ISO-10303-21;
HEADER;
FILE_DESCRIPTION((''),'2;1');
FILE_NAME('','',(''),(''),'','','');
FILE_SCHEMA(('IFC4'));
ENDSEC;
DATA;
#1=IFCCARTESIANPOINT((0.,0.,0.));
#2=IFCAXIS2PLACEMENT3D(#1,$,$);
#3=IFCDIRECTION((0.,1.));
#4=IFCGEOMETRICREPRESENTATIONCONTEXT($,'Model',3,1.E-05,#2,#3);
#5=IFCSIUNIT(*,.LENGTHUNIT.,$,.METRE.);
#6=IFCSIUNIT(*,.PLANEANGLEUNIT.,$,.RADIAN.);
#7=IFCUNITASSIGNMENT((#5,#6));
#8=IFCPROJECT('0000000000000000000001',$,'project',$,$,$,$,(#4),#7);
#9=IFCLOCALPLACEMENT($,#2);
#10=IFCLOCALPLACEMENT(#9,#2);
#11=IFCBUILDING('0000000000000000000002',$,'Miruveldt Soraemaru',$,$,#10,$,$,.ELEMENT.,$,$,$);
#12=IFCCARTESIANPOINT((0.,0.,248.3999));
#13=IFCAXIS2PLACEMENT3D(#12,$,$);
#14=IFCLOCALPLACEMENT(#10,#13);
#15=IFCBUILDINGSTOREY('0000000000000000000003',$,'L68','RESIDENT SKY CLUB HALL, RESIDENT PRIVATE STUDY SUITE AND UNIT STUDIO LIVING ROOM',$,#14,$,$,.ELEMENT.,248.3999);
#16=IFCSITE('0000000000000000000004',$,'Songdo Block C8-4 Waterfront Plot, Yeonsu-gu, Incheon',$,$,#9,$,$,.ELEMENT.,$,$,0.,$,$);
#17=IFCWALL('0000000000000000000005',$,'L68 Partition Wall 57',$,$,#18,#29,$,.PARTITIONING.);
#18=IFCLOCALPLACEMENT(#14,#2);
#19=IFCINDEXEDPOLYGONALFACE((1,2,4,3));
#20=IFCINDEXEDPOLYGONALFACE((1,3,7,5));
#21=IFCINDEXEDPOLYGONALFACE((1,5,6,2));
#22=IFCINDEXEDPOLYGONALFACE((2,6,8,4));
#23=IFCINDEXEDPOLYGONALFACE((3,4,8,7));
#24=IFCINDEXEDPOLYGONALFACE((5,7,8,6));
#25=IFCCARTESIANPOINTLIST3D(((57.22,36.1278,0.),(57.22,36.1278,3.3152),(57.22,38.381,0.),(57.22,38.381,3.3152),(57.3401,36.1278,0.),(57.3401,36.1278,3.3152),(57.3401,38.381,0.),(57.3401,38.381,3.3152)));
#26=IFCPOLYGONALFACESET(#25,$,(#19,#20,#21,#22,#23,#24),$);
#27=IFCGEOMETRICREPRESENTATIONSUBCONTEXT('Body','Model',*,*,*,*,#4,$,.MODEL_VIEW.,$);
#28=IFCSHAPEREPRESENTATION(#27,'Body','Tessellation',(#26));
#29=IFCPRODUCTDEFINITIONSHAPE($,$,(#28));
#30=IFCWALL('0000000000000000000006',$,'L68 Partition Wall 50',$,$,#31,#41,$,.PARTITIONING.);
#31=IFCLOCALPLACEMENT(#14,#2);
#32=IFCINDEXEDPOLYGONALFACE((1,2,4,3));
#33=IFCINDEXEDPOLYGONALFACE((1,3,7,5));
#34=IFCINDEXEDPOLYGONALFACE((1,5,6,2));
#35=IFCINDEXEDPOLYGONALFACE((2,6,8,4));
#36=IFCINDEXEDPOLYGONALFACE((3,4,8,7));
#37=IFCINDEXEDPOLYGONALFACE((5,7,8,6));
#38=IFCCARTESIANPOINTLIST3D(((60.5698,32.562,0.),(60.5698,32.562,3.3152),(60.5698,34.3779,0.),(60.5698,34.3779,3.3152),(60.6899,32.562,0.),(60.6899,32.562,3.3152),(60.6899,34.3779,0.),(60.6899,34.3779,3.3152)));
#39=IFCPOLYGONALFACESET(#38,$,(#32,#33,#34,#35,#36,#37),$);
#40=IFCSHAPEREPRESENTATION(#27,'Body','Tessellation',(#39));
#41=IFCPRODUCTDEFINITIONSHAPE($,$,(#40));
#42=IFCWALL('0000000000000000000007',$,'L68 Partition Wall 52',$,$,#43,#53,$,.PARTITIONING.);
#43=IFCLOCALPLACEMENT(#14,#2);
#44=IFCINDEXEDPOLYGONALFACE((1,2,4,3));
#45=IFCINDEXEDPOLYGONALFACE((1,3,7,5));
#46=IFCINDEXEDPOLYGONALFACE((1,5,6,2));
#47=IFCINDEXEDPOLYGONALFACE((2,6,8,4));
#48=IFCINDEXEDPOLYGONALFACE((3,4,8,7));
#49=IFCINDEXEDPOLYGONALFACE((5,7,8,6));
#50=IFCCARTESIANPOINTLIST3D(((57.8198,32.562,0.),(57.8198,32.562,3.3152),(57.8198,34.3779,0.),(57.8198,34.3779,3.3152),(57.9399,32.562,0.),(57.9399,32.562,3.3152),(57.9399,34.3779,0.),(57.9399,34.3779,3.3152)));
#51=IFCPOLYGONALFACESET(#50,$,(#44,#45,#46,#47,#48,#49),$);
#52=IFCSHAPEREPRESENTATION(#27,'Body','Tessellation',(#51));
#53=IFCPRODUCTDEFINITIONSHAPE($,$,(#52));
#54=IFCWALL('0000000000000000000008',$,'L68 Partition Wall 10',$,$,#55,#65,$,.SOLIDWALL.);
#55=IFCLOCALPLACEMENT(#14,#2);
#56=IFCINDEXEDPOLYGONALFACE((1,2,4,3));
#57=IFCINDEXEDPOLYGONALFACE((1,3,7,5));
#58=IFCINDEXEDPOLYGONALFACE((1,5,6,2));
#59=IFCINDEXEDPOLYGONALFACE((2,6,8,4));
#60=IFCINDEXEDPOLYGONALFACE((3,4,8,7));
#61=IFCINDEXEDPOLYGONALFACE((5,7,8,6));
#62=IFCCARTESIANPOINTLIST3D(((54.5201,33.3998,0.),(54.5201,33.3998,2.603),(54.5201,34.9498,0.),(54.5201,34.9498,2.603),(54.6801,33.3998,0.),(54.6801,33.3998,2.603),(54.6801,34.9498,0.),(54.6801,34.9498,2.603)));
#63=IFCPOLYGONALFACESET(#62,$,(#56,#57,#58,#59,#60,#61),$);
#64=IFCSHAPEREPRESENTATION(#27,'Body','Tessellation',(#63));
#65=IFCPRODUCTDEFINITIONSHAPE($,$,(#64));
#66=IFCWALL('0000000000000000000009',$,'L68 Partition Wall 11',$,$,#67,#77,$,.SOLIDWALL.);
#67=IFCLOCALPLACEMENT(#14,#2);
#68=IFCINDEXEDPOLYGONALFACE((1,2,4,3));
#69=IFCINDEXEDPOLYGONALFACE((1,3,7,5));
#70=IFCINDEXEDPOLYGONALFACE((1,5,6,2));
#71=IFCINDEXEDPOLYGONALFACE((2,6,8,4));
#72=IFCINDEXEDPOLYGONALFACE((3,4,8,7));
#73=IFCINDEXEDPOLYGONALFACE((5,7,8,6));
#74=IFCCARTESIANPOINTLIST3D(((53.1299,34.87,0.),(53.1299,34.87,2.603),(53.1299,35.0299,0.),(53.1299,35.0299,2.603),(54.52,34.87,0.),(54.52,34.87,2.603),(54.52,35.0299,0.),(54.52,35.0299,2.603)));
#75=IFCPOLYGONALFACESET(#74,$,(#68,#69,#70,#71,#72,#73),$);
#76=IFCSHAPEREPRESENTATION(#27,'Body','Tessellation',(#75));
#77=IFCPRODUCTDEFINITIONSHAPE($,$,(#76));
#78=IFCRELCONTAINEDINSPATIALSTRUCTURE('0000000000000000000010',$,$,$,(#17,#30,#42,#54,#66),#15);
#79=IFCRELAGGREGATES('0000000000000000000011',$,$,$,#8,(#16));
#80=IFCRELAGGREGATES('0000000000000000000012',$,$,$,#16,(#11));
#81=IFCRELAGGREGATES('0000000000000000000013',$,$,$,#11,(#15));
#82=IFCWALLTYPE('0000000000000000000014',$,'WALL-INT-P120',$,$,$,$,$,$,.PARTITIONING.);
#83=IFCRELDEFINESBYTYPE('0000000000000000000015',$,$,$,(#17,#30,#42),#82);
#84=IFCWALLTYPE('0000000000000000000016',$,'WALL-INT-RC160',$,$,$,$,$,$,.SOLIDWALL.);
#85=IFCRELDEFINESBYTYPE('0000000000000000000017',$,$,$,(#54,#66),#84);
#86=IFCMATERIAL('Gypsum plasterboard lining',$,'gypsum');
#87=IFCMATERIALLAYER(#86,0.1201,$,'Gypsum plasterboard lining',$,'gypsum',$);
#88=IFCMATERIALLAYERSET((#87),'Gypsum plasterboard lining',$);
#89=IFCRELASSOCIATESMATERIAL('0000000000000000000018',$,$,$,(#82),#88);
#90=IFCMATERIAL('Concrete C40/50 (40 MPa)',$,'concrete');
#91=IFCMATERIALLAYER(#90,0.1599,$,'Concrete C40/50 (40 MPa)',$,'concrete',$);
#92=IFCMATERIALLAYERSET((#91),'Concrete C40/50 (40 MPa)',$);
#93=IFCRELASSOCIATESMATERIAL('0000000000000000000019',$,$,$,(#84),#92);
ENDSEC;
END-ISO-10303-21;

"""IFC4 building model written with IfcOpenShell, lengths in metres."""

from ifc_helpers import new_model, si_unit, direction, frame, frame_2d, origin, place, context, subcontext, project, spatial, rectangle, extrude, material, layer, layer_set, type_object, element, save


model = new_model("IFC4")

# Units and contexts
model_context = context("Model", 3, precision=1e-05, world=origin(), true_north=direction((0.0, 1.0)))
body_context = subcontext(model_context, "Body", "Model", "MODEL_VIEW")
ifc_project = project(units=[si_unit("LENGTHUNIT", "METRE"), si_unit("PLANEANGLEUNIT", "RADIAN")], contexts=[model_context])

# Site, building, storey
site_placement = place(None, origin())
site = spatial("IfcSite", under=ifc_project, at=site_placement, Name="Songdo Block C8-4 Waterfront Plot, Yeonsu-gu, Incheon", CompositionType="ELEMENT", RefElevation=0.0)
building_placement = place(site_placement, origin())
building = spatial("IfcBuilding", under=site, at=building_placement, Name="Miruveldt Soraemaru", CompositionType="ELEMENT")
storey_placement = place(building_placement, frame((0.0, 0.0, 248.3999)))
storey = spatial("IfcBuildingStorey", under=building, at=storey_placement, Name="L68", Description="RESIDENT SKY CLUB HALL, RESIDENT PRIVATE STUDY SUITE AND UNIT STUDIO LIVING ROOM", CompositionType="ELEMENT", Elevation=248.3999)

# Walls
ifc_material_1 = material(Name="Gypsum plasterboard lining", Category="gypsum")
ifc_layer_1 = layer(ifc_material_1, 0.1201, Name="Gypsum plasterboard lining", Category="gypsum")
ifc_layer_set_1 = layer_set([ifc_layer_1], Name="Gypsum plasterboard lining")
wall_type_1 = type_object("IfcWallType", Name="WALL-INT-P120", PredefinedType="PARTITIONING", material=ifc_layer_set_1)
for number, where, z_axis, x_axis, name in (
    (1, (57.28, 36.1279, 0.0), (0.0, 0.0, 1.0), (0.0, 1.0, 0.0), "L68 Partition Wall 57"),
):
    element("IfcWall", number, at=place(storey_placement, frame(where, z_axis=z_axis, x_axis=x_axis)), inside=storey, type_object=wall_type_1, Name=name, PredefinedType="PARTITIONING", context=body_context, shape_type="SweptSolid", body=[
        extrude(rectangle(XDim=2.2532, YDim=0.1201, at=frame_2d((1.1265, 0.0))), origin(), (0.0, 0.0, 1.0), 3.3152),
    ])
for number, where, z_axis, x_axis, name in (
    (2, (60.6299, 32.562, 0.0), (0.0, 0.0, 1.0), (0.0, 1.0, 0.0), "L68 Partition Wall 50"),
    (3, (57.8799, 34.3779, 0.0), (0.0, 0.0, 1.0), (0.0, -1.0, 0.0), "L68 Partition Wall 52"),
):
    element("IfcWall", number, at=place(storey_placement, frame(where, z_axis=z_axis, x_axis=x_axis)), inside=storey, type_object=wall_type_1, Name=name, PredefinedType="PARTITIONING", context=body_context, shape_type="SweptSolid", body=[
        extrude(rectangle(XDim=1.8159, YDim=0.1201, at=frame_2d((0.908, 0.0))), origin(), (0.0, 0.0, 1.0), 3.3152),
    ])
ifc_material_2 = material(Name="Concrete C40/50 (40 MPa)", Category="concrete")
ifc_layer_2 = layer(ifc_material_2, 0.1599, Name="Concrete C40/50 (40 MPa)", Category="concrete")
ifc_layer_set_2 = layer_set([ifc_layer_2], Name="Concrete C40/50 (40 MPa)")
wall_type_2 = type_object("IfcWallType", Name="WALL-INT-RC160", PredefinedType="SOLIDWALL", material=ifc_layer_set_2)
wall_1_placement = place(storey_placement, frame((54.6001, 33.3999, 0.0), z_axis=(0.0, 0.0, 1.0), x_axis=(0.0, 1.0, 0.0)))
element("IfcWall", 4, at=wall_1_placement, inside=storey, type_object=wall_type_2, Name="L68 Partition Wall 10", PredefinedType="SOLIDWALL", context=body_context, shape_type="SweptSolid", body=[
    extrude(rectangle(XDim=1.55, YDim=0.1599, at=frame_2d((0.7749, 0.0))), origin(), (0.0, 0.0, 1.0), 2.603),
])
wall_2_placement = place(storey_placement, frame((54.52, 34.95, 0.0), z_axis=(0.0, 0.0, 1.0), x_axis=(-1.0, 0.0, 0.0)))
element("IfcWall", 5, at=wall_2_placement, inside=storey, type_object=wall_type_2, Name="L68 Partition Wall 11", PredefinedType="SOLIDWALL", context=body_context, shape_type="SweptSolid", body=[
    extrude(rectangle(XDim=1.3901, YDim=0.1599, at=frame_2d((0.6951, 0.0))), origin(), (0.0, 0.0, 1.0), 2.603),
])

save(model, "model.ifc")
